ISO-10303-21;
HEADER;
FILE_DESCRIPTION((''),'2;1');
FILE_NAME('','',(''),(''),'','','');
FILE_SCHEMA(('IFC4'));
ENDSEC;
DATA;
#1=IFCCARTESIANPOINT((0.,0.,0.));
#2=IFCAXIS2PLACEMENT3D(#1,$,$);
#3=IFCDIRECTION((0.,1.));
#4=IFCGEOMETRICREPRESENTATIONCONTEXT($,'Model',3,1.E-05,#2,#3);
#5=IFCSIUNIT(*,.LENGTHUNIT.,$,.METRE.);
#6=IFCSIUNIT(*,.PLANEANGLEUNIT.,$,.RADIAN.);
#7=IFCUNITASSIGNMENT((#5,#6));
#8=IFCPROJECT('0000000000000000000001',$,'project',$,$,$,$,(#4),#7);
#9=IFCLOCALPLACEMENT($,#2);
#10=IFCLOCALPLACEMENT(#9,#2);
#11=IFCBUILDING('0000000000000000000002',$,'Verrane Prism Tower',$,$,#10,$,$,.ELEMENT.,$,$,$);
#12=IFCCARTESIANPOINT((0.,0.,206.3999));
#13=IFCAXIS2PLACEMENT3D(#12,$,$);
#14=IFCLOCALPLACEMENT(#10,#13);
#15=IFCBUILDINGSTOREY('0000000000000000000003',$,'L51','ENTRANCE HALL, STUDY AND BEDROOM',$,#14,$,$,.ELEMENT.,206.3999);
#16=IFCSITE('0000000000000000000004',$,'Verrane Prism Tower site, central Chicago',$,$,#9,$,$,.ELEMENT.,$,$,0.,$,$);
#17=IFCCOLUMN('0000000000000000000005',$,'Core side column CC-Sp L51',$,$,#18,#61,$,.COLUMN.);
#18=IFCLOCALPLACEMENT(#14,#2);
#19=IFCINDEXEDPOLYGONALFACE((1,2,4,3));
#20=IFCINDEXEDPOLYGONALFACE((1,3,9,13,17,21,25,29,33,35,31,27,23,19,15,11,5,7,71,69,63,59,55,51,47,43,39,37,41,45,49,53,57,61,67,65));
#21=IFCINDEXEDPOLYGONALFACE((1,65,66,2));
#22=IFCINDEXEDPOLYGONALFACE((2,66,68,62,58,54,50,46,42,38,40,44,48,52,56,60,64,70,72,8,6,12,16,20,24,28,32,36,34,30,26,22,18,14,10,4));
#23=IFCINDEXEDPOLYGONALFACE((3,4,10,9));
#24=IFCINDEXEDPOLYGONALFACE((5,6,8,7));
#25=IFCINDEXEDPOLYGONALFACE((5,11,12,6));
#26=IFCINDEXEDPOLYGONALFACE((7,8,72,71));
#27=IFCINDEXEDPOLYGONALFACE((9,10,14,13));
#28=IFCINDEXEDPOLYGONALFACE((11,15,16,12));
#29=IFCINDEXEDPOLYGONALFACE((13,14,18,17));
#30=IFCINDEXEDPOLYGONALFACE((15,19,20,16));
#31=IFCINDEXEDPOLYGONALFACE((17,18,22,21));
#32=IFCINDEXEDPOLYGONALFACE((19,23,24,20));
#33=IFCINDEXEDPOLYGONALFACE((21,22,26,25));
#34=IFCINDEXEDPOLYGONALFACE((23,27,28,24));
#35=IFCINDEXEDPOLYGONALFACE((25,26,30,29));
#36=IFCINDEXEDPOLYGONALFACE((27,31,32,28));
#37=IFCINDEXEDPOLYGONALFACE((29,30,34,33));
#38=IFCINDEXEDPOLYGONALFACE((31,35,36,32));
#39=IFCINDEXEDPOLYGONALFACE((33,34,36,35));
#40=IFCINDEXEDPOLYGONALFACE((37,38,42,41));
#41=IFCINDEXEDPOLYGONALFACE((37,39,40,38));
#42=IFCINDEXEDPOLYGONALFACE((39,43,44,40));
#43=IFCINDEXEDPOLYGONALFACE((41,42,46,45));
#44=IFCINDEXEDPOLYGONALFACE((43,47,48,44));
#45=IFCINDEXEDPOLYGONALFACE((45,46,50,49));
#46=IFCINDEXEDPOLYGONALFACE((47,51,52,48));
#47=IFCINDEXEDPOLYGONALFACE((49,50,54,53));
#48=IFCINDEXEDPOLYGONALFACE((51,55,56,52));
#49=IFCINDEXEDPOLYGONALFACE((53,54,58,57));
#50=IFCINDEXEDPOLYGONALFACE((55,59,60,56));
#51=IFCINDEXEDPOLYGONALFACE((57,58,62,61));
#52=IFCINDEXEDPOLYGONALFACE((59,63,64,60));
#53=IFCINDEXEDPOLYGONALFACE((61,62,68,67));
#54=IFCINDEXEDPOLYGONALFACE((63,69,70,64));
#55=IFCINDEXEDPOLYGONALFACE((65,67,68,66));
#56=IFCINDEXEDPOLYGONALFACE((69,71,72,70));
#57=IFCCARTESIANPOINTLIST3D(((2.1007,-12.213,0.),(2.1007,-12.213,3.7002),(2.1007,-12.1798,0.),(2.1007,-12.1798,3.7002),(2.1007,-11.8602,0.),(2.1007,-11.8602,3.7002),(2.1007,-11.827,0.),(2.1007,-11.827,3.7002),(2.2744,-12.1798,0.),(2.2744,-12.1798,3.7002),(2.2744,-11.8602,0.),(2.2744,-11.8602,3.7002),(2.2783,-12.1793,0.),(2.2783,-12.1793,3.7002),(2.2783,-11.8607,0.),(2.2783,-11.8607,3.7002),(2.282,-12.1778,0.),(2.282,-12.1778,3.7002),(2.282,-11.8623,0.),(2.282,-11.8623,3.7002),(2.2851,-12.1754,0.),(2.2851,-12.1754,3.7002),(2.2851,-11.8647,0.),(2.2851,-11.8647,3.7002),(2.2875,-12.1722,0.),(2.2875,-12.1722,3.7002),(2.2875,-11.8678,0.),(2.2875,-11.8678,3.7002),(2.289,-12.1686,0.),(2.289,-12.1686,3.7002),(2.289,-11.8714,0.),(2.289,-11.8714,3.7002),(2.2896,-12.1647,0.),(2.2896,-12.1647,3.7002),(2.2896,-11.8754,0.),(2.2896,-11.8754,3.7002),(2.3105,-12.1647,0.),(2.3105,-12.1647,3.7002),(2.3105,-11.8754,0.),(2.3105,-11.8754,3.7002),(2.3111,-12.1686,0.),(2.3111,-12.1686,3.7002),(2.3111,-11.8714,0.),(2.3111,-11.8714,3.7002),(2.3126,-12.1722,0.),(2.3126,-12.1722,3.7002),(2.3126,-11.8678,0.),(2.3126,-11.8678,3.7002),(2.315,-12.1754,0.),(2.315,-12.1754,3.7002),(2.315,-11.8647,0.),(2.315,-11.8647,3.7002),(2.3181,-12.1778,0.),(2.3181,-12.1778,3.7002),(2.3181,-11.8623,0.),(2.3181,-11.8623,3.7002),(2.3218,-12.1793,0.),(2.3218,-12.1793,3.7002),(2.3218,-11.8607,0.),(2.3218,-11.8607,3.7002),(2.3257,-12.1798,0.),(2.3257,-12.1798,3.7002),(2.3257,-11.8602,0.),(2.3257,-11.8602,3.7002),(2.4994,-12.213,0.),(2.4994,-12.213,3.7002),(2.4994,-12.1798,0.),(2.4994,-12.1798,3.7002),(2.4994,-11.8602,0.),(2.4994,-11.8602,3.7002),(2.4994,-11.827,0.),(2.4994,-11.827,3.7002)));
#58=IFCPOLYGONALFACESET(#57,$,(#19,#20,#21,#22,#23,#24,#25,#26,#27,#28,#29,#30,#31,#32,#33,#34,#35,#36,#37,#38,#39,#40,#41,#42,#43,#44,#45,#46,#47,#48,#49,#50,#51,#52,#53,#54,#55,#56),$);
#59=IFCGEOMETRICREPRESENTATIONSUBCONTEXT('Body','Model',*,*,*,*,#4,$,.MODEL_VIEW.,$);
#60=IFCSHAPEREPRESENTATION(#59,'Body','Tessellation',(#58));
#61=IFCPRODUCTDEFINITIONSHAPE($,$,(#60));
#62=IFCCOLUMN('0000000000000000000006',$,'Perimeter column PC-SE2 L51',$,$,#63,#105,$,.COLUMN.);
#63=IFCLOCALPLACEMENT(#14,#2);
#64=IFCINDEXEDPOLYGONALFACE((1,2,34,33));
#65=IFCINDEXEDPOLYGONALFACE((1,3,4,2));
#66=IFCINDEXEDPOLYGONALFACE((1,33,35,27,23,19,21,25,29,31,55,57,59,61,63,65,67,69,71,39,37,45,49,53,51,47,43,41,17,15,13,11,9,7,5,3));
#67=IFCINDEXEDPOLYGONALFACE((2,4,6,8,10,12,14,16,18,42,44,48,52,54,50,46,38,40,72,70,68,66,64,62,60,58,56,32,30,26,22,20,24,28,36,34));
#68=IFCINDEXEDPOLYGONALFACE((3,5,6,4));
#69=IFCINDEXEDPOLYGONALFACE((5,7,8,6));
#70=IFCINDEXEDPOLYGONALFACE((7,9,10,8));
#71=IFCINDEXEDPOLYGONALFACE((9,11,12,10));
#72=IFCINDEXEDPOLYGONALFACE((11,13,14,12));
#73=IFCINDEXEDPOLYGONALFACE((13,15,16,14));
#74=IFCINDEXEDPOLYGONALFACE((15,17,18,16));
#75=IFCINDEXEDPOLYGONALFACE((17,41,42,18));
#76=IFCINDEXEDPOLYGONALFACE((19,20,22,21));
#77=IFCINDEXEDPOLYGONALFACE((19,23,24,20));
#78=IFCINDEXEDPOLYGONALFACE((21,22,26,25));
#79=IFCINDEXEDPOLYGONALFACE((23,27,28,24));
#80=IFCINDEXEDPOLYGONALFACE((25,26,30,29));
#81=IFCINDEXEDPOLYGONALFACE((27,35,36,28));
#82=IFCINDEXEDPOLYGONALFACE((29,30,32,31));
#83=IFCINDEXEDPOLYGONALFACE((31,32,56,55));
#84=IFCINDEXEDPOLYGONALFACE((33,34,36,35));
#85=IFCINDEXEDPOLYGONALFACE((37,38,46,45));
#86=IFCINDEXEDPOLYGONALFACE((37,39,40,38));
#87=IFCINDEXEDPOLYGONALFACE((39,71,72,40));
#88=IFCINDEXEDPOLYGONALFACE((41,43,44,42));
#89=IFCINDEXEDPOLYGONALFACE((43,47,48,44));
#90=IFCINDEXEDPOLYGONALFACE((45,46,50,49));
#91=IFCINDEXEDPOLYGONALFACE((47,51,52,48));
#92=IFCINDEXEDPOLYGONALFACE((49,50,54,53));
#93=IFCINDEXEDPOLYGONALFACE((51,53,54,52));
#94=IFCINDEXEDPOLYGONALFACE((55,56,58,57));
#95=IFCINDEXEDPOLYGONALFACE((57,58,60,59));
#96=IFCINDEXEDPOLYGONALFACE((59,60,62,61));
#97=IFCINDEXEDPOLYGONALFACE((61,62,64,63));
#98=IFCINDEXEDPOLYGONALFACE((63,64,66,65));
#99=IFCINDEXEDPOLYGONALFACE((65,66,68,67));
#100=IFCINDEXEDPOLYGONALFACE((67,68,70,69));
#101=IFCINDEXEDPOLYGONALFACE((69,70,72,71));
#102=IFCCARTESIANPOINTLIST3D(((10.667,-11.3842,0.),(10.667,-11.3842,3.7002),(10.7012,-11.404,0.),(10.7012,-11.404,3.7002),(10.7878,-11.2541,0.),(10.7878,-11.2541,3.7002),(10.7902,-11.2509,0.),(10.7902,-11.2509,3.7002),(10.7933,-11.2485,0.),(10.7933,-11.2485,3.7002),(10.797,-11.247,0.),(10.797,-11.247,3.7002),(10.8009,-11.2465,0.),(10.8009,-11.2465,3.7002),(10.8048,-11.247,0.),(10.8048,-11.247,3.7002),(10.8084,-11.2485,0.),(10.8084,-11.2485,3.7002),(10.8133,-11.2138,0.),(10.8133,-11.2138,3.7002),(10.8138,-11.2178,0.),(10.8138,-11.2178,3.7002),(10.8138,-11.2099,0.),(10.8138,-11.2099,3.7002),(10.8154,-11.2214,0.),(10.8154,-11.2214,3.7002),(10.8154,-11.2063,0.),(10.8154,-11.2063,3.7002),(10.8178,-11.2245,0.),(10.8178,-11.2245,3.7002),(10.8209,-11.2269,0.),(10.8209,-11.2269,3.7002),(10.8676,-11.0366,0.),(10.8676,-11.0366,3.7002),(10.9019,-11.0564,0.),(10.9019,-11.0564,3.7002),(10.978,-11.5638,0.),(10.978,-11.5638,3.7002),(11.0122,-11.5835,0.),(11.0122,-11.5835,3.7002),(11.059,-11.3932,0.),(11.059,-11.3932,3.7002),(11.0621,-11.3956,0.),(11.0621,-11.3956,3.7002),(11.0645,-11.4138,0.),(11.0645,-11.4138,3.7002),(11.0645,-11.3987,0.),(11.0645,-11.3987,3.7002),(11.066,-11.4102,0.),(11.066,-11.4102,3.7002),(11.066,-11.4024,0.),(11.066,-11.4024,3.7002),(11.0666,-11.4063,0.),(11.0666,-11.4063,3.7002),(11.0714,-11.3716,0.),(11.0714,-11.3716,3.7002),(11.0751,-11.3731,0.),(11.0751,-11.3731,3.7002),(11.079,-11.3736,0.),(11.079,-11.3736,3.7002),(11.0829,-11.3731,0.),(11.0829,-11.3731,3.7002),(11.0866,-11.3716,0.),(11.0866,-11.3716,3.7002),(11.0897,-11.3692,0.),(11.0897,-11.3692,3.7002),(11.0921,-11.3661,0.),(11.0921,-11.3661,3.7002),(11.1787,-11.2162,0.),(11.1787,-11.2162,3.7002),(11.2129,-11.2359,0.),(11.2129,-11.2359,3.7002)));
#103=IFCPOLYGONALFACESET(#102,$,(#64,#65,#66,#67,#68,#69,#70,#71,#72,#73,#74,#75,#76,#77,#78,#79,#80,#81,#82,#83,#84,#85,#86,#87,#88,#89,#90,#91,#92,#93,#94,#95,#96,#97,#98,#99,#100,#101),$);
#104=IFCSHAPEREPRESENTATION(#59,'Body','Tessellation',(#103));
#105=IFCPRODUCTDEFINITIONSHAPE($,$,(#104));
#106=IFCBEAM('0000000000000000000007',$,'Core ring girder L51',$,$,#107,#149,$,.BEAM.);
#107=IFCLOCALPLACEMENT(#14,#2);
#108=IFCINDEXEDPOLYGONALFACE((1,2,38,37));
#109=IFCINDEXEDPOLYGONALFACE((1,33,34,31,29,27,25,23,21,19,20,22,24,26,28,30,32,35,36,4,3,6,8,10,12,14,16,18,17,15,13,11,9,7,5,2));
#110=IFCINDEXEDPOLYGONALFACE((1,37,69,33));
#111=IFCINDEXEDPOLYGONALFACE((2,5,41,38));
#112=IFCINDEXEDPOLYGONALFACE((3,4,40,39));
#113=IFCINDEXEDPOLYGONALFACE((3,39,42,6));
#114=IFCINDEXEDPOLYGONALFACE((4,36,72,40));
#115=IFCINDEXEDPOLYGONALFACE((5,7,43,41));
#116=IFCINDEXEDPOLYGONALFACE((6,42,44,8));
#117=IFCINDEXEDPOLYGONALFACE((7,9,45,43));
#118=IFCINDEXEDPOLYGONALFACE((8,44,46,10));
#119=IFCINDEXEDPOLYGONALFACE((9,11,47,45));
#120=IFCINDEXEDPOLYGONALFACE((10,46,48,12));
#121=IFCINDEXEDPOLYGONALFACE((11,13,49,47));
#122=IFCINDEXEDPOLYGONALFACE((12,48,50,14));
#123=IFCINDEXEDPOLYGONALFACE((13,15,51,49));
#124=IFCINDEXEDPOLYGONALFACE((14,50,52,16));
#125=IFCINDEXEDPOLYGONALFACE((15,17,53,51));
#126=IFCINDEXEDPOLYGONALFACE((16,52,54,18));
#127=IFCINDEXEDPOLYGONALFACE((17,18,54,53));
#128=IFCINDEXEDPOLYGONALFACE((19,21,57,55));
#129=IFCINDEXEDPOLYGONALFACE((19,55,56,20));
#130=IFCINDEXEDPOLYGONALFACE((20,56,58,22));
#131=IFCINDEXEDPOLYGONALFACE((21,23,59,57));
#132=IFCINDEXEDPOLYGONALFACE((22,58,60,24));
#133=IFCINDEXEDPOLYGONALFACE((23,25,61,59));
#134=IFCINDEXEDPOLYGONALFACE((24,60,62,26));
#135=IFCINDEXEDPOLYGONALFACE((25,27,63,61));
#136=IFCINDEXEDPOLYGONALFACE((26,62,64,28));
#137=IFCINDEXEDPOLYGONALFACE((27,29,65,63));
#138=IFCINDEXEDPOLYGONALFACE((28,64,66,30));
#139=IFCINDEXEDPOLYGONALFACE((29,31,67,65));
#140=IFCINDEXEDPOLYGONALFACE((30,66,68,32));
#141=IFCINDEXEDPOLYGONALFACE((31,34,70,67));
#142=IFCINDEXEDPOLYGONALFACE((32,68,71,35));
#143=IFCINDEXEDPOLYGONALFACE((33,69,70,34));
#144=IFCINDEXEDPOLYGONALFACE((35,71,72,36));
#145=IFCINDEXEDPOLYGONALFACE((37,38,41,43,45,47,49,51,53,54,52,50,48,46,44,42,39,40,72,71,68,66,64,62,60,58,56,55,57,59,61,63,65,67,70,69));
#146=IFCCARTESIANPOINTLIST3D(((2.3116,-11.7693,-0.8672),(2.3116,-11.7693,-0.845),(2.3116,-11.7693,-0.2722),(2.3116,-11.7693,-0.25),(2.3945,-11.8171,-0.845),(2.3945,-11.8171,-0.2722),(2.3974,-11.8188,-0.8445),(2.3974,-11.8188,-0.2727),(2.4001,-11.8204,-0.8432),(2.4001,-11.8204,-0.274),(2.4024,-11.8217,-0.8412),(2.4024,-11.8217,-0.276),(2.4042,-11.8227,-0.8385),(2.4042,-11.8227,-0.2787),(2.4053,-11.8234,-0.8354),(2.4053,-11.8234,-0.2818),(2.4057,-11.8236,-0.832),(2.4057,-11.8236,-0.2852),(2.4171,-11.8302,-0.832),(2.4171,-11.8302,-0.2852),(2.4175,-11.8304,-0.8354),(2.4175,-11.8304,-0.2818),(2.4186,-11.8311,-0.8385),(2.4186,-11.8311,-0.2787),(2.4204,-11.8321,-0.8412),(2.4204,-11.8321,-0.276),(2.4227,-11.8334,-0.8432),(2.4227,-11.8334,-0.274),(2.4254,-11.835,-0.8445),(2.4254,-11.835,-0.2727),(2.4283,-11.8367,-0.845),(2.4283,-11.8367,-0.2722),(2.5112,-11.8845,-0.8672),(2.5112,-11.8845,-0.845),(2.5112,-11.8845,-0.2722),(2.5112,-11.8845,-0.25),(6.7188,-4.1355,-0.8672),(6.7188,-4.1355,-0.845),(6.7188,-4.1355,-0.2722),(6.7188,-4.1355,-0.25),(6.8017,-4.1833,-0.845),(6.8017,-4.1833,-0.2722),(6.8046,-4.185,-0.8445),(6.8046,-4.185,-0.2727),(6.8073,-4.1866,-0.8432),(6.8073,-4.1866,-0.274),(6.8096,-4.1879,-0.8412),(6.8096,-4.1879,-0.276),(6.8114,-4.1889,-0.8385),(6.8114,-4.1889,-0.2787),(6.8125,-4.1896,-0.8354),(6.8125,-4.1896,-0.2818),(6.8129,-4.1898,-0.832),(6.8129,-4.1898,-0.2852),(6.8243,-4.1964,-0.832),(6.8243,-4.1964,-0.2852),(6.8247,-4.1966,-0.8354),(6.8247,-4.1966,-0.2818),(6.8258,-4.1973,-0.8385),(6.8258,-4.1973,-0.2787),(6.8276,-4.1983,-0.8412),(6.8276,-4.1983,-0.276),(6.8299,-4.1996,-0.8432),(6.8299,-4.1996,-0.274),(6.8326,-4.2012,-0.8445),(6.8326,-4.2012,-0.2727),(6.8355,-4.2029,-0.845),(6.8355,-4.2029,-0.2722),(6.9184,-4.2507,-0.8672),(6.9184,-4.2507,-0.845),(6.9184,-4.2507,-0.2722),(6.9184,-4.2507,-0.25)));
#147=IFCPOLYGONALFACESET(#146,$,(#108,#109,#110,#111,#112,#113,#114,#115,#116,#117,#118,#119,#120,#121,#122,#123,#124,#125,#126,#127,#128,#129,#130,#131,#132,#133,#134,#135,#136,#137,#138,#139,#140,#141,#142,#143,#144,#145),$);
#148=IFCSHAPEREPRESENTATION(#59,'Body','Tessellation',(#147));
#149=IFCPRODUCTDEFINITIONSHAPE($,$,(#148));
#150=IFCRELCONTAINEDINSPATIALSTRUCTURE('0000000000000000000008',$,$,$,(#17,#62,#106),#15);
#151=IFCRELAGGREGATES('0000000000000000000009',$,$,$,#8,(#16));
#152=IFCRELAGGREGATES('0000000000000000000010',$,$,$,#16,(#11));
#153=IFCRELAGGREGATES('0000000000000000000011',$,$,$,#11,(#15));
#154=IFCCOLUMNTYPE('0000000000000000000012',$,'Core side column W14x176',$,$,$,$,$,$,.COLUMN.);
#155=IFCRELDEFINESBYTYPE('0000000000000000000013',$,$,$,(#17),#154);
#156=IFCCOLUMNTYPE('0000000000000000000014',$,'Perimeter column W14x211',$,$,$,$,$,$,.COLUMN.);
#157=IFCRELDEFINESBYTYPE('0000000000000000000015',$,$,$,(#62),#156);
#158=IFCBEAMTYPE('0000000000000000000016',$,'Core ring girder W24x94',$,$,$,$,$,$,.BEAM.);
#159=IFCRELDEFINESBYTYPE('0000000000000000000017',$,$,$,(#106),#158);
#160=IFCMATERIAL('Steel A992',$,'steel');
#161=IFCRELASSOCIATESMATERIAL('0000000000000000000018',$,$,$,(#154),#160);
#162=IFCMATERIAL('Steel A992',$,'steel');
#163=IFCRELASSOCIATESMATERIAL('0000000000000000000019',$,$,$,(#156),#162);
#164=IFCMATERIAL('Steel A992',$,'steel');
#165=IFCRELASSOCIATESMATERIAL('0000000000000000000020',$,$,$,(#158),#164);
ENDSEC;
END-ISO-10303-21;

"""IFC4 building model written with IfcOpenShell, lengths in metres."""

from ifc_helpers import new_model, si_unit, direction, frame, origin, origin_2d, place, context, subcontext, project, spatial, i_section, extrude, material, material_profile, profile_set, type_object, element, save


model = new_model("IFC4")

# Units and contexts
model_context = context("Model", 3, precision=1e-05, world=origin(), true_north=direction((0.0, 1.0)))
body_context = subcontext(model_context, "Body", "Model", "MODEL_VIEW")
ifc_project = project(units=[si_unit("LENGTHUNIT", "METRE"), si_unit("PLANEANGLEUNIT", "RADIAN")], contexts=[model_context])

# Site, building, storey
site_placement = place(None, origin())
site = spatial("IfcSite", under=ifc_project, at=site_placement, Name="Verrane Prism Tower site, central Chicago", CompositionType="ELEMENT", RefElevation=0.0)
building_placement = place(site_placement, origin())
building = spatial("IfcBuilding", under=site, at=building_placement, Name="Verrane Prism Tower", CompositionType="ELEMENT")
storey_placement = place(building_placement, frame((0.0, 0.0, 206.3999)))
storey = spatial("IfcBuildingStorey", under=building, at=storey_placement, Name="L51", Description="ENTRANCE HALL, STUDY AND BEDROOM", CompositionType="ELEMENT", Elevation=206.3999)

# Columns
ifc_material_1 = material(Name="Steel A992", Category="steel")
ifc_material_profile_1 = material_profile(ifc_material_1, i_section(OverallWidth=0.3987, OverallDepth=0.386, WebThickness=0.021, FlangeThickness=0.0332, FilletRadius=0.0151, at=origin_2d()), Name="W14x176")
ifc_profile_set_1 = profile_set([ifc_material_profile_1], Name="Steel A992")
column_type_1 = type_object("IfcColumnType", Name="Core side column W14x176", PredefinedType="COLUMN", material=ifc_profile_set_1)
column_1_placement = place(storey_placement, frame((2.3, -12.02, 0.0), z_axis=(0.0, 0.0, 1.0), x_axis=(1.0, 0.0, 0.0)))
element("IfcColumn", 1, at=column_1_placement, inside=storey, type_object=column_type_1, Name="Core side column CC-Sp L51", PredefinedType="COLUMN", context=body_context, shape_type="SweptSolid", body=[
    extrude(i_section(OverallWidth=0.3987, OverallDepth=0.386, WebThickness=0.021, FlangeThickness=0.0332, FilletRadius=0.0151, at=origin_2d()), origin(), (0.0, 0.0, 1.0), 3.7002),
])
ifc_material_2 = material(Name="Steel A992", Category="steel")
ifc_material_profile_2 = material_profile(ifc_material_2, i_section(OverallWidth=0.4014, OverallDepth=0.3987, WebThickness=0.0249, FlangeThickness=0.0396, FilletRadius=0.0151, at=origin_2d()), Name="W14x211")
ifc_profile_set_2 = profile_set([ifc_material_profile_2], Name="Steel A992")
column_type_2 = type_object("IfcColumnType", Name="Perimeter column W14x211", PredefinedType="COLUMN", material=ifc_profile_set_2)
column_2_placement = place(storey_placement, frame((10.9399, -11.3101, 0.0), z_axis=(0.0, 0.0, 1.0), x_axis=(-0.5, -0.866025, 0.0)))
element("IfcColumn", 2, at=column_2_placement, inside=storey, type_object=column_type_2, Name="Perimeter column PC-SE2 L51", PredefinedType="COLUMN", context=body_context, shape_type="SweptSolid", body=[
    extrude(i_section(OverallWidth=0.4014, OverallDepth=0.3987, WebThickness=0.0249, FlangeThickness=0.0396, FilletRadius=0.0151, at=origin_2d()), origin(), (0.0, 0.0, 1.0), 3.7002),
])

# Beam
ifc_material_3 = material(Name="Steel A992", Category="steel")
ifc_material_profile_3 = material_profile(ifc_material_3, i_section(OverallWidth=0.2305, OverallDepth=0.6172, WebThickness=0.0132, FlangeThickness=0.0222, FilletRadius=0.0129, at=origin_2d()), Name="W24x94")
ifc_profile_set_3 = profile_set([ifc_material_profile_3], Name="Steel A992")
beam_type_1 = type_object("IfcBeamType", Name="Core ring girder W24x94", PredefinedType="BEAM", material=ifc_profile_set_3)
beam_1_placement = place(storey_placement, frame((2.4114, -11.8269, -0.5586), z_axis=(0.499988, 0.866032, 0.0), x_axis=(-0.866032, 0.499988, 0.0)))
element("IfcBeam", 3, at=beam_1_placement, inside=storey, type_object=beam_type_1, Name="Core ring girder L51", PredefinedType="BEAM", context=body_context, shape_type="SweptSolid", body=[
    extrude(i_section(OverallWidth=0.2305, OverallDepth=0.6172, WebThickness=0.0132, FlangeThickness=0.0222, FilletRadius=0.0129, at=origin_2d()), origin(), (0.0, 0.0, 1.0), 8.8147),
])

save(model, "model.ifc")
